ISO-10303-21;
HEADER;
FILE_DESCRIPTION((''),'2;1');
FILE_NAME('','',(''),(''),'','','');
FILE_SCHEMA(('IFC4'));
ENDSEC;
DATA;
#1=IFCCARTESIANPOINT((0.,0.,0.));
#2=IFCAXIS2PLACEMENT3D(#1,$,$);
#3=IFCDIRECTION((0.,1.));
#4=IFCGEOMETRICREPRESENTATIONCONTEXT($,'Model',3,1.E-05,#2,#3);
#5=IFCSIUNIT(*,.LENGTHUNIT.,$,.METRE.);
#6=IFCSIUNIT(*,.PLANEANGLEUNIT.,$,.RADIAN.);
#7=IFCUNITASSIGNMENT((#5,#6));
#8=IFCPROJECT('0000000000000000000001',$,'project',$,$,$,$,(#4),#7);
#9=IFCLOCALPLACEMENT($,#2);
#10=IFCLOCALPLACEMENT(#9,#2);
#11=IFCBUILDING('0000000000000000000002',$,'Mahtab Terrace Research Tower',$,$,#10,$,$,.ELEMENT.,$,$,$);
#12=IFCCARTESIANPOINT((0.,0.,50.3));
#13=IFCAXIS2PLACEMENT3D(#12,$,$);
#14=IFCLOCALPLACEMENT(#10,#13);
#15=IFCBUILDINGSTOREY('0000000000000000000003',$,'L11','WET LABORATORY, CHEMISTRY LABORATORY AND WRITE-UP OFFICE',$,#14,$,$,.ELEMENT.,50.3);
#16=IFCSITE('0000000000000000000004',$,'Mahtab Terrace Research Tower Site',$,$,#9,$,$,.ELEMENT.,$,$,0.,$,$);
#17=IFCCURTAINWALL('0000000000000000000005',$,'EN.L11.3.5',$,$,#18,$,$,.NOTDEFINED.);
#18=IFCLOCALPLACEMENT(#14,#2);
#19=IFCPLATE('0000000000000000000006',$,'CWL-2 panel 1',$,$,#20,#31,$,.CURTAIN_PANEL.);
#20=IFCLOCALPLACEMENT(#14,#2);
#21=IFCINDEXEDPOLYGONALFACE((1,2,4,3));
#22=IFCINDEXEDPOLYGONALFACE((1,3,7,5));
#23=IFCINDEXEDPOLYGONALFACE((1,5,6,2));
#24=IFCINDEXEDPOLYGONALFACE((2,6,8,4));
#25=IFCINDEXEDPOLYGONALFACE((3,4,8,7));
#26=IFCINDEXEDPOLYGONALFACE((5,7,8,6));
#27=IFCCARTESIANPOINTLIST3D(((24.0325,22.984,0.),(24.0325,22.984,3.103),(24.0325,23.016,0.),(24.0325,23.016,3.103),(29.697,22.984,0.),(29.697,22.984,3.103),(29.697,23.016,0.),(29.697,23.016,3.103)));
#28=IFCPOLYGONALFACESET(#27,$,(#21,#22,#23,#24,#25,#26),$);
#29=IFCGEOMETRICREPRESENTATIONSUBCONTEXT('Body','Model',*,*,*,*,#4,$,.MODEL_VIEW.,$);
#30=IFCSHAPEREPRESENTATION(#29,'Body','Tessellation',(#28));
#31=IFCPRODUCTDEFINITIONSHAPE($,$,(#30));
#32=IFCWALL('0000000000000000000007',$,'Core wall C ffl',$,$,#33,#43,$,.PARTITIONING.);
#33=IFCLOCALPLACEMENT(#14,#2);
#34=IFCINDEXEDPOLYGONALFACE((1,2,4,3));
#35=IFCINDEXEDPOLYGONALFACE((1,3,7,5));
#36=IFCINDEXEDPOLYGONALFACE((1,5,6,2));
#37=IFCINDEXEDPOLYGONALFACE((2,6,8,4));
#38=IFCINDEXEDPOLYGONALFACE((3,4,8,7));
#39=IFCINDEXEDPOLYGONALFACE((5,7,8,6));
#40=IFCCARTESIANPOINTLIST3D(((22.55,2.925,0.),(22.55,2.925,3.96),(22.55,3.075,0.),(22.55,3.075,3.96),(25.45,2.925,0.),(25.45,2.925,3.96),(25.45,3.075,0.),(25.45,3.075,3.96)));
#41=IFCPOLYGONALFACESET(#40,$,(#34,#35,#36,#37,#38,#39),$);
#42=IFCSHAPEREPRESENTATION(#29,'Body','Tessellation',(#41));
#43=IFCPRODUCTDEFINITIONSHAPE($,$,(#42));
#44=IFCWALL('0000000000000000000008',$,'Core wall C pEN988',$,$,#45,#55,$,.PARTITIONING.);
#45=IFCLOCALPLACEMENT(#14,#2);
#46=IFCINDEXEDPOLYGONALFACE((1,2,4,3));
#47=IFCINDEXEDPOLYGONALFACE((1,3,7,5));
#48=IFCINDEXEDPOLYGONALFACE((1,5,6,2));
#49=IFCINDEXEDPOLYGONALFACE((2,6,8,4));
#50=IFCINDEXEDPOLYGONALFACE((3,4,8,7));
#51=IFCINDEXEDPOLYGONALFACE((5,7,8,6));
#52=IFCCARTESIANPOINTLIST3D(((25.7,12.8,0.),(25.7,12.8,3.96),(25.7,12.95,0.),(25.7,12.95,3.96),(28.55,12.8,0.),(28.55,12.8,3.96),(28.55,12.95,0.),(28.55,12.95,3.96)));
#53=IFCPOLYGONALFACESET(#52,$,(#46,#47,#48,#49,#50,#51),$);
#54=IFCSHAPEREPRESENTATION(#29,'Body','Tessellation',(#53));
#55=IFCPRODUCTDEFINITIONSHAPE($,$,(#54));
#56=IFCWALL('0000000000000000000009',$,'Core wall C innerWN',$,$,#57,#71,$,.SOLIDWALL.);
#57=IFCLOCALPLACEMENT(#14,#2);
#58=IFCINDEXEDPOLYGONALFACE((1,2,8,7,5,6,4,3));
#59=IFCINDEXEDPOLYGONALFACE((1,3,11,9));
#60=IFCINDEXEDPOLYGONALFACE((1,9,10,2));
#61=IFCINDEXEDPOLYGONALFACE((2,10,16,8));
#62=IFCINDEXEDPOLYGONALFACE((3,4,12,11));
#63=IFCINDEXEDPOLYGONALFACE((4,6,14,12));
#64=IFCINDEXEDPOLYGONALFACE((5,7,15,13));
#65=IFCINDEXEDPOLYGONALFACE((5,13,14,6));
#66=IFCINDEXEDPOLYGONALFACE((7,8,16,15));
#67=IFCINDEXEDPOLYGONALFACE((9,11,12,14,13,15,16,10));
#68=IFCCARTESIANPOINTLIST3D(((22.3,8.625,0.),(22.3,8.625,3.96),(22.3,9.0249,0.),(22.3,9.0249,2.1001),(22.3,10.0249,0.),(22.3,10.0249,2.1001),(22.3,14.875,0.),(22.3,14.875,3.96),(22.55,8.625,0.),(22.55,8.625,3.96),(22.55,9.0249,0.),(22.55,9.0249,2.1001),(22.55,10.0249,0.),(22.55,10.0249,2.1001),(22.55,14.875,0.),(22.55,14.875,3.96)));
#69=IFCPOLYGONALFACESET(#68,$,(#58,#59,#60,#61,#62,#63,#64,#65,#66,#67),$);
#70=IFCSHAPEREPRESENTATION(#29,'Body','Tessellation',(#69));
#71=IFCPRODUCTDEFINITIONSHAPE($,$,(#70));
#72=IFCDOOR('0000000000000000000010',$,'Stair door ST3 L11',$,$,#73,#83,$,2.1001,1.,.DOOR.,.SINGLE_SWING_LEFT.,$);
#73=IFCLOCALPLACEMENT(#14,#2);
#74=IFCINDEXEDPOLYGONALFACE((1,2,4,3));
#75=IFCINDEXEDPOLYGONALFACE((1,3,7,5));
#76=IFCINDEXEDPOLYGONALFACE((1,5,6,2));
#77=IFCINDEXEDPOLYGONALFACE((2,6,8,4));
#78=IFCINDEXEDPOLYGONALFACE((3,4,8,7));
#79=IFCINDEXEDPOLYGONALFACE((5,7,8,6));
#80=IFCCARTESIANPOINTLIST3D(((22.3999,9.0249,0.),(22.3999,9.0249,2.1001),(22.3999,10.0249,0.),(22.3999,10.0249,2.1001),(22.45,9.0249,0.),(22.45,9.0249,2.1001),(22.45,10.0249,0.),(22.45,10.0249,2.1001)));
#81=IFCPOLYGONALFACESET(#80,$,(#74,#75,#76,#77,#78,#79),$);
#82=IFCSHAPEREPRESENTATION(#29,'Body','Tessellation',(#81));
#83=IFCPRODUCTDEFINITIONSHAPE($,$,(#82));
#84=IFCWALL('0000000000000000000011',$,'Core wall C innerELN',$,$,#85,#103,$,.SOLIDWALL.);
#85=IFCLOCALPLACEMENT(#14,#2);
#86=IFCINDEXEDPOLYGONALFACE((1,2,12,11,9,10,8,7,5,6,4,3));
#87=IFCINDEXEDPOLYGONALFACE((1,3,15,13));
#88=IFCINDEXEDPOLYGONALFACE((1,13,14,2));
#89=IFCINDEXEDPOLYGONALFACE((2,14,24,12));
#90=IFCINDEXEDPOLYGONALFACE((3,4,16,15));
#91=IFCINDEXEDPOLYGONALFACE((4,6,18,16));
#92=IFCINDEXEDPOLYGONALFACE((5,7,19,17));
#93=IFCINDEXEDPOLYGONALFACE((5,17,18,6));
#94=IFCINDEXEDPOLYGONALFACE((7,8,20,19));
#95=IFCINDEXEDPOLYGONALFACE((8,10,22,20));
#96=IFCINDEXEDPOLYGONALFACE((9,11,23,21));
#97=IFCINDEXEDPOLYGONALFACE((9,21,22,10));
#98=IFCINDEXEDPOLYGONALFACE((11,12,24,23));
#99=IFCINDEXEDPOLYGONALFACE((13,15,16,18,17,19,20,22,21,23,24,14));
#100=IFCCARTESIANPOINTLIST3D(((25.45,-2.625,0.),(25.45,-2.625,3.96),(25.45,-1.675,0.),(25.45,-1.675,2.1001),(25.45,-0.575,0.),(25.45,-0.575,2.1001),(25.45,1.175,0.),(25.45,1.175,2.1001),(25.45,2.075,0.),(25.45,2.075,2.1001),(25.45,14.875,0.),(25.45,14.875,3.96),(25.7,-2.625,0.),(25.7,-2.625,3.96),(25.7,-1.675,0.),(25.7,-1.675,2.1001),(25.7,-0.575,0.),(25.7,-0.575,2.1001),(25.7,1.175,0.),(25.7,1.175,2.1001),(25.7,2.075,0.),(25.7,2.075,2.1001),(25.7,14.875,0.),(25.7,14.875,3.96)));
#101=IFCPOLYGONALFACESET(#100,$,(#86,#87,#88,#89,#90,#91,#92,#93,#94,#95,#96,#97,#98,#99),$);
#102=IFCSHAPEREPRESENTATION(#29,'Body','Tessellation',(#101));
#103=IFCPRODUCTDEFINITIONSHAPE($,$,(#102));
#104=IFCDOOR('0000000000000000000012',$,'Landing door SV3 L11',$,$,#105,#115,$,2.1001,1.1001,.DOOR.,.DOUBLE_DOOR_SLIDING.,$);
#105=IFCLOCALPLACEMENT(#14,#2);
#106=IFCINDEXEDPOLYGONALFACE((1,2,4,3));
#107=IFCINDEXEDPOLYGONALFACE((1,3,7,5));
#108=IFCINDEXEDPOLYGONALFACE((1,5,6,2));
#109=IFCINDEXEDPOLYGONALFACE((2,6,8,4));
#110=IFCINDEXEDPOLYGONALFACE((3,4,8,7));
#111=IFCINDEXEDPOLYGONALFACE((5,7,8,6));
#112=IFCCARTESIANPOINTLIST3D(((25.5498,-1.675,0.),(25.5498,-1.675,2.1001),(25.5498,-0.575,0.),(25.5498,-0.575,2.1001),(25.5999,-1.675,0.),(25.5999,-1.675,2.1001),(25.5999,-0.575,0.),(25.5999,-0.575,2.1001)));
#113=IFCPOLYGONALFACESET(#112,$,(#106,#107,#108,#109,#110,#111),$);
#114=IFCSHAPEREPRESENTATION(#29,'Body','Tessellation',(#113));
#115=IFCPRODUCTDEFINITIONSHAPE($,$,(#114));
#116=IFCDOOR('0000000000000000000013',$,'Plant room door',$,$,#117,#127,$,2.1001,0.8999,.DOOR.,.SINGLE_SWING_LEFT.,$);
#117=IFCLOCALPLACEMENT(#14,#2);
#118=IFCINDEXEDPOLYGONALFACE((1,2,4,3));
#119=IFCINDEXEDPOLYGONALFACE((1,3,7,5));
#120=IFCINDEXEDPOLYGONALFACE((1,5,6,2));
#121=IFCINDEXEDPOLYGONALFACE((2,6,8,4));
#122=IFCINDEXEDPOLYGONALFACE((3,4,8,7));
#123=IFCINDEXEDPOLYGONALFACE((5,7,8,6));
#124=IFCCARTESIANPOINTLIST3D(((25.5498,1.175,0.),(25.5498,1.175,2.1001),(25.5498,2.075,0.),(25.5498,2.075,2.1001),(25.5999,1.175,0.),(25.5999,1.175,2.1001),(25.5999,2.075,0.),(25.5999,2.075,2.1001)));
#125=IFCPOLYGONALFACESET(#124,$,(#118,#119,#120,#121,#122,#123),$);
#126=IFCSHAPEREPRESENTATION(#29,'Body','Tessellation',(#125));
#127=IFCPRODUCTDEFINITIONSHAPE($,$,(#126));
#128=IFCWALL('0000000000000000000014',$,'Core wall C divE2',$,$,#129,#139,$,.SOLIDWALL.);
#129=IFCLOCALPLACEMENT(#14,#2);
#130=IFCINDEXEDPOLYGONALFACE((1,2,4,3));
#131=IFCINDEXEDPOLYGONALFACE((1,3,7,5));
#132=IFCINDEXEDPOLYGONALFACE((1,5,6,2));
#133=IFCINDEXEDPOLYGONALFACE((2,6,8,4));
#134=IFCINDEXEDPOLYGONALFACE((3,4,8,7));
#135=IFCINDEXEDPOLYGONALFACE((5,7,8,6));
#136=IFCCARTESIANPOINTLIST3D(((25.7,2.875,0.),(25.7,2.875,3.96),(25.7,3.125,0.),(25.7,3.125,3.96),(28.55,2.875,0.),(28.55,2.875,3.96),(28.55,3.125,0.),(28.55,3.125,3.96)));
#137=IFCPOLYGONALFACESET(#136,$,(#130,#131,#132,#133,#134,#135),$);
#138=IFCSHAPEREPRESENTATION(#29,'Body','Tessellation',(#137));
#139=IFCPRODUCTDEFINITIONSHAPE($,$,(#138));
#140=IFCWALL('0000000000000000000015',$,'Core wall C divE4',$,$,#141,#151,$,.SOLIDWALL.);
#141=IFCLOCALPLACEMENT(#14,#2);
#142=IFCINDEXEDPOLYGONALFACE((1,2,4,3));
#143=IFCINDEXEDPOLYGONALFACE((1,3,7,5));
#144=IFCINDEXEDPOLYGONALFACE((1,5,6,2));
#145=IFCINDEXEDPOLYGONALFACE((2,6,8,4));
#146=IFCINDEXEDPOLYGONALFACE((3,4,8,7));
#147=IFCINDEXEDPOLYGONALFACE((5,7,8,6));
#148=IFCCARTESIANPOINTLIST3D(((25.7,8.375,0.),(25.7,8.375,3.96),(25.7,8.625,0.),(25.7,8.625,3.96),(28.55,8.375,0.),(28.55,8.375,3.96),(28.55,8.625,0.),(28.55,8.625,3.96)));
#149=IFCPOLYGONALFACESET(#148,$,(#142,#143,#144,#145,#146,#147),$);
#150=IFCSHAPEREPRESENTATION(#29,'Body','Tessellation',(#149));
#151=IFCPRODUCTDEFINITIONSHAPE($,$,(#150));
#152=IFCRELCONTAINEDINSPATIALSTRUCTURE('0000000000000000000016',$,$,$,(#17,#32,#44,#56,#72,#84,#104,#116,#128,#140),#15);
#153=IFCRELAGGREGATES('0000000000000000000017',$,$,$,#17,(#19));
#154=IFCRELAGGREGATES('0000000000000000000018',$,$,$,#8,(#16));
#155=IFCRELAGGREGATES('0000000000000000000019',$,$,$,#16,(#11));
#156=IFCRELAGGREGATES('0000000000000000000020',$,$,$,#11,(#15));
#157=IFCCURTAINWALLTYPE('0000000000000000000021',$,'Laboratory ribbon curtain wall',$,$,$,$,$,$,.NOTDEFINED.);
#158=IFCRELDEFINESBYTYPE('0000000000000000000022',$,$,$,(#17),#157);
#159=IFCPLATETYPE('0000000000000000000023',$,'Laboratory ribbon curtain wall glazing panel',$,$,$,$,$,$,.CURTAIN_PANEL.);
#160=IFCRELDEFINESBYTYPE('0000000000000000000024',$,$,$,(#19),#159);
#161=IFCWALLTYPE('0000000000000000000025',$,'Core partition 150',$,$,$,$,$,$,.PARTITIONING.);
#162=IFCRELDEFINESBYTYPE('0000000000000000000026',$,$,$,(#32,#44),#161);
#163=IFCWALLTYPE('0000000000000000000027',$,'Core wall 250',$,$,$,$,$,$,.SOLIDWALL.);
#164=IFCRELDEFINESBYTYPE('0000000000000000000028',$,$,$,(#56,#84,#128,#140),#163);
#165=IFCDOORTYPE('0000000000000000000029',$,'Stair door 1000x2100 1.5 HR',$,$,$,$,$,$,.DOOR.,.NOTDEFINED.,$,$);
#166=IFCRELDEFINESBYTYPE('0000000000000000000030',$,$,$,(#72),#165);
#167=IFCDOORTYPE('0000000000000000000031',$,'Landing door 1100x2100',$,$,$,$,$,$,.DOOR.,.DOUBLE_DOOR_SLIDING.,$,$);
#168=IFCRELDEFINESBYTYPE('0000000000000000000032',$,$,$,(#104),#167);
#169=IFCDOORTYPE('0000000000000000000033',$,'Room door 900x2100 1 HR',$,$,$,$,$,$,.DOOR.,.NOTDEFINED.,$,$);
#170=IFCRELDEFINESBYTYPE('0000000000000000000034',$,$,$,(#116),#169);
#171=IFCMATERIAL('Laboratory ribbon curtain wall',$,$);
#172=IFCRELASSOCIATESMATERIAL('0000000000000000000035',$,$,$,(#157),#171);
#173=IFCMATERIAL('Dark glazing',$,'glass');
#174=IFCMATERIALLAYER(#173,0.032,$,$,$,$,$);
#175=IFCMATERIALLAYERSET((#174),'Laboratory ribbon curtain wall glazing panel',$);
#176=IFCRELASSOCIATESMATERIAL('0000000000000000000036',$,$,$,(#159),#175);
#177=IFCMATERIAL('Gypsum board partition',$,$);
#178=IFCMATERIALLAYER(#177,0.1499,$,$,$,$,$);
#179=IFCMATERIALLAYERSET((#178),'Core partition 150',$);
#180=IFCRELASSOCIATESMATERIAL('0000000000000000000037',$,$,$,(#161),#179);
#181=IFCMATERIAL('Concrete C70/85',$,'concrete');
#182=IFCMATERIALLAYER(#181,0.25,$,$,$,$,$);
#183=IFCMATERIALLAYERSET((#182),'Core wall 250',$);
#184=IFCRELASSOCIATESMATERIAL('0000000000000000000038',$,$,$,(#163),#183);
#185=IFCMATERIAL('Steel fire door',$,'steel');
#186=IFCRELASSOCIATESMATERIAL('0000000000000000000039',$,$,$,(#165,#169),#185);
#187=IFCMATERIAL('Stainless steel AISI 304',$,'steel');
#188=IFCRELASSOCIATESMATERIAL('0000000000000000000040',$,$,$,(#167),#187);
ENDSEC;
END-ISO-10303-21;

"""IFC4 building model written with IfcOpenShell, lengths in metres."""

from ifc_helpers import new_model, si_unit, direction, frame, frame_2d, origin, origin_2d, place, context, subcontext, project, spatial, rectangle, extrude, material, layer, layer_set, type_object, element, fill, aggregate, save


model = new_model("IFC4")

# Units and contexts
model_context = context("Model", 3, precision=1e-05, world=origin(), true_north=direction((0.0, 1.0)))
body_context = subcontext(model_context, "Body", "Model", "MODEL_VIEW")
ifc_project = project(units=[si_unit("LENGTHUNIT", "METRE"), si_unit("PLANEANGLEUNIT", "RADIAN")], contexts=[model_context])

# Site, building, storey
site_placement = place(None, origin())
site = spatial("IfcSite", under=ifc_project, at=site_placement, Name="Mahtab Terrace Research Tower Site", CompositionType="ELEMENT", RefElevation=0.0)
building_placement = place(site_placement, origin())
building = spatial("IfcBuilding", under=site, at=building_placement, Name="Mahtab Terrace Research Tower", CompositionType="ELEMENT")
storey_placement = place(building_placement, frame((0.0, 0.0, 50.3)))
storey = spatial("IfcBuildingStorey", under=building, at=storey_placement, Name="L11", Description="WET LABORATORY, CHEMISTRY LABORATORY AND WRITE-UP OFFICE", CompositionType="ELEMENT", Elevation=50.3)

# Shared definitions
ifc_material_1 = material(Name="Concrete C70/85", Category="concrete")

# Curtain wall
ifc_material_2 = material(Name="Laboratory ribbon curtain wall")
curtain_wall_type = type_object("IfcCurtainWallType", Name="Laboratory ribbon curtain wall", PredefinedType="NOTDEFINED", material=ifc_material_2)
curtain_wall_placement = place(storey_placement, origin())
curtain_wall = element("IfcCurtainWall", 1, at=curtain_wall_placement, inside=storey, type_object=curtain_wall_type, Name="EN.L11.3.5", PredefinedType="NOTDEFINED")

# Plate
ifc_material_3 = material(Name="Dark glazing", Category="glass")
ifc_layer_1 = layer(ifc_material_3, 0.032)
ifc_layer_set_1 = layer_set([ifc_layer_1], Name="Laboratory ribbon curtain wall glazing panel")
plate_type = type_object("IfcPlateType", Name="Laboratory ribbon curtain wall glazing panel", PredefinedType="CURTAIN_PANEL", material=ifc_layer_set_1)
plate_placement = place(storey_placement, frame((26.8647, 23.0, 0.0), z_axis=(0.0, 0.0, 1.0), x_axis=(-1.0, 0.0, 0.0)))
plate = element("IfcPlate", 2, at=plate_placement, type_object=plate_type, Name="CWL-2 panel 1", PredefinedType="CURTAIN_PANEL", context=body_context, shape_type="SweptSolid", body=[
    extrude(rectangle(XDim=5.6646, YDim=0.032, at=origin_2d()), origin(), (0.0, 0.0, 1.0), 3.103),
])
aggregate(curtain_wall, [plate])

# Walls
ifc_material_4 = material(Name="Gypsum board partition")
ifc_layer_2 = layer(ifc_material_4, 0.1499)
ifc_layer_set_2 = layer_set([ifc_layer_2], Name="Core partition 150")
wall_type_1 = type_object("IfcWallType", Name="Core partition 150", PredefinedType="PARTITIONING", material=ifc_layer_set_2)
wall_1_placement = place(storey_placement, frame((22.55, 3.0, 0.0), z_axis=(0.0, 0.0, 1.0), x_axis=(1.0, 0.0, 0.0)))
element("IfcWall", 3, at=wall_1_placement, inside=storey, type_object=wall_type_1, Name="Core wall C ffl", PredefinedType="PARTITIONING", context=body_context, shape_type="SweptSolid", body=[
    extrude(rectangle(XDim=2.8999, YDim=0.1499, at=frame_2d((1.45, 0.0))), origin(), (0.0, 0.0, 1.0), 3.96),
])
wall_2_placement = place(storey_placement, frame((25.7, 12.875, 0.0), z_axis=(0.0, 0.0, 1.0), x_axis=(1.0, 0.0, 0.0)))
element("IfcWall", 4, at=wall_2_placement, inside=storey, type_object=wall_type_1, Name="Core wall C pEN988", PredefinedType="PARTITIONING", context=body_context, shape_type="SweptSolid", body=[
    extrude(rectangle(XDim=2.8501, YDim=0.1499, at=frame_2d((1.425, 0.0))), origin(), (0.0, 0.0, 1.0), 3.96),
])

# Wall, opening, door
ifc_layer_3 = layer(ifc_material_1, 0.25)
ifc_layer_set_3 = layer_set([ifc_layer_3], Name="Core wall 250")
wall_type_2 = type_object("IfcWallType", Name="Core wall 250", PredefinedType="SOLIDWALL", material=ifc_layer_set_3)
wall_3_placement = place(storey_placement, frame((22.425, 14.875, 0.0), z_axis=(0.0, 0.0, 1.0), x_axis=(0.0, -1.0, 0.0)))
wall_3 = element("IfcWall", 5, at=wall_3_placement, inside=storey, type_object=wall_type_2, Name="Core wall C innerWN", PredefinedType="SOLIDWALL", context=body_context, shape_type="SweptSolid", body=[
    extrude(rectangle(XDim=6.25, YDim=0.25, at=frame_2d((3.125, 0.0))), origin(), (0.0, 0.0, 1.0), 3.96),
])
opening_1_placement = place(wall_3_placement, frame((4.8501, 0.0, 0.0)))
opening_1 = element("IfcOpeningElement", 6, at=opening_1_placement, cuts=wall_3, PredefinedType="OPENING", context=body_context, shape_type="SweptSolid", body=[
    extrude(rectangle(XDim=1.0, YDim=2.1001, at=frame_2d((0.5, 1.05))), frame((0.0, 0.135, 0.0), z_axis=(0.0, -1.0, 0.0), x_axis=(1.0, 0.0, 0.0)), (0.0, 0.0, 1.0), 0.27),
])
ifc_material_5 = material(Name="Steel fire door", Category="steel")
door_type_1 = type_object("IfcDoorType", Name="Stair door 1000x2100 1.5 HR", OperationType="NOTDEFINED", PredefinedType="DOOR", material=ifc_material_5)
door_1_placement = place(opening_1_placement, origin())
door_1 = element("IfcDoor", 7, at=door_1_placement, inside=storey, type_object=door_type_1, Name="Stair door ST3 L11", OperationType="SINGLE_SWING_LEFT", OverallHeight=2.1001, OverallWidth=1.0, PredefinedType="DOOR", context=body_context, shape_type="SweptSolid", body=[
    extrude(rectangle(XDim=1.0, YDim=2.1001, at=frame_2d((0.5, 1.05))), frame((0.0, 0.0249, 0.0), z_axis=(0.0, -1.0, 0.0), x_axis=(1.0, 0.0, 0.0)), (0.0, 0.0, 1.0), 0.05),
])
fill(opening_1, door_1)

# Wall, openings, doors
wall_4_placement = place(storey_placement, frame((25.575, 14.875, 0.0), z_axis=(0.0, 0.0, 1.0), x_axis=(0.0, -1.0, 0.0)))
wall_4 = element("IfcWall", 8, at=wall_4_placement, inside=storey, type_object=wall_type_2, Name="Core wall C innerELN", PredefinedType="SOLIDWALL", context=body_context, shape_type="SweptSolid", body=[
    extrude(rectangle(XDim=17.5, YDim=0.25, at=frame_2d((8.75, 0.0))), origin(), (0.0, 0.0, 1.0), 3.96),
])
opening_2_placement = place(wall_4_placement, frame((15.45, 0.0, 0.0)))
opening_2 = element("IfcOpeningElement", 9, at=opening_2_placement, cuts=wall_4, PredefinedType="OPENING", context=body_context, shape_type="SweptSolid", body=[
    extrude(rectangle(XDim=1.1001, YDim=2.1001, at=frame_2d((0.55, 1.05))), frame((0.0, 0.135, 0.0), z_axis=(0.0, -1.0, 0.0), x_axis=(1.0, 0.0, 0.0)), (0.0, 0.0, 1.0), 0.27),
])
opening_3_placement = place(wall_4_placement, frame((12.8, 0.0, 0.0)))
opening_3 = element("IfcOpeningElement", 10, at=opening_3_placement, cuts=wall_4, PredefinedType="OPENING", context=body_context, shape_type="SweptSolid", body=[
    extrude(rectangle(XDim=0.8999, YDim=2.1001, at=frame_2d((0.45, 1.05))), frame((0.0, 0.135, 0.0), z_axis=(0.0, -1.0, 0.0), x_axis=(1.0, 0.0, 0.0)), (0.0, 0.0, 1.0), 0.27),
])
ifc_material_6 = material(Name="Stainless steel AISI 304", Category="steel")
door_type_2 = type_object("IfcDoorType", Name="Landing door 1100x2100", OperationType="DOUBLE_DOOR_SLIDING", PredefinedType="DOOR", material=ifc_material_6)
door_2_placement = place(opening_2_placement, origin())
door_2 = element("IfcDoor", 11, at=door_2_placement, inside=storey, type_object=door_type_2, Name="Landing door SV3 L11", OperationType="DOUBLE_DOOR_SLIDING", OverallHeight=2.1001, OverallWidth=1.1001, PredefinedType="DOOR", context=body_context, shape_type="SweptSolid", body=[
    extrude(rectangle(XDim=1.1001, YDim=2.1001, at=frame_2d((0.55, 1.05))), frame((0.0, 0.0249, 0.0), z_axis=(0.0, -1.0, 0.0), x_axis=(1.0, 0.0, 0.0)), (0.0, 0.0, 1.0), 0.05),
])
fill(opening_2, door_2)
door_type_3 = type_object("IfcDoorType", Name="Room door 900x2100 1 HR", OperationType="NOTDEFINED", PredefinedType="DOOR", material=ifc_material_5)
door_3_placement = place(opening_3_placement, origin())
door_3 = element("IfcDoor", 12, at=door_3_placement, inside=storey, type_object=door_type_3, Name="Plant room door", OperationType="SINGLE_SWING_LEFT", OverallHeight=2.1001, OverallWidth=0.8999, PredefinedType="DOOR", context=body_context, shape_type="SweptSolid", body=[
    extrude(rectangle(XDim=0.8999, YDim=2.1001, at=frame_2d((0.45, 1.05))), frame((0.0, 0.0249, 0.0), z_axis=(0.0, -1.0, 0.0), x_axis=(1.0, 0.0, 0.0)), (0.0, 0.0, 1.0), 0.05),
])
fill(opening_3, door_3)

# Walls
for number, where, z_axis, x_axis, name in (
    (13, (25.7, 3.0, 0.0), (0.0, 0.0, 1.0), (1.0, 0.0, 0.0), "Core wall C divE2"),
    (14, (25.7, 8.5, 0.0), (0.0, 0.0, 1.0), (1.0, 0.0, 0.0), "Core wall C divE4"),
):
    element("IfcWall", number, at=place(storey_placement, frame(where, z_axis=z_axis, x_axis=x_axis)), inside=storey, type_object=wall_type_2, Name=name, PredefinedType="SOLIDWALL", context=body_context, shape_type="SweptSolid", body=[
        extrude(rectangle(XDim=2.8501, YDim=0.25, at=frame_2d((1.425, 0.0))), origin(), (0.0, 0.0, 1.0), 3.96),
    ])

save(model, "model.ifc")
